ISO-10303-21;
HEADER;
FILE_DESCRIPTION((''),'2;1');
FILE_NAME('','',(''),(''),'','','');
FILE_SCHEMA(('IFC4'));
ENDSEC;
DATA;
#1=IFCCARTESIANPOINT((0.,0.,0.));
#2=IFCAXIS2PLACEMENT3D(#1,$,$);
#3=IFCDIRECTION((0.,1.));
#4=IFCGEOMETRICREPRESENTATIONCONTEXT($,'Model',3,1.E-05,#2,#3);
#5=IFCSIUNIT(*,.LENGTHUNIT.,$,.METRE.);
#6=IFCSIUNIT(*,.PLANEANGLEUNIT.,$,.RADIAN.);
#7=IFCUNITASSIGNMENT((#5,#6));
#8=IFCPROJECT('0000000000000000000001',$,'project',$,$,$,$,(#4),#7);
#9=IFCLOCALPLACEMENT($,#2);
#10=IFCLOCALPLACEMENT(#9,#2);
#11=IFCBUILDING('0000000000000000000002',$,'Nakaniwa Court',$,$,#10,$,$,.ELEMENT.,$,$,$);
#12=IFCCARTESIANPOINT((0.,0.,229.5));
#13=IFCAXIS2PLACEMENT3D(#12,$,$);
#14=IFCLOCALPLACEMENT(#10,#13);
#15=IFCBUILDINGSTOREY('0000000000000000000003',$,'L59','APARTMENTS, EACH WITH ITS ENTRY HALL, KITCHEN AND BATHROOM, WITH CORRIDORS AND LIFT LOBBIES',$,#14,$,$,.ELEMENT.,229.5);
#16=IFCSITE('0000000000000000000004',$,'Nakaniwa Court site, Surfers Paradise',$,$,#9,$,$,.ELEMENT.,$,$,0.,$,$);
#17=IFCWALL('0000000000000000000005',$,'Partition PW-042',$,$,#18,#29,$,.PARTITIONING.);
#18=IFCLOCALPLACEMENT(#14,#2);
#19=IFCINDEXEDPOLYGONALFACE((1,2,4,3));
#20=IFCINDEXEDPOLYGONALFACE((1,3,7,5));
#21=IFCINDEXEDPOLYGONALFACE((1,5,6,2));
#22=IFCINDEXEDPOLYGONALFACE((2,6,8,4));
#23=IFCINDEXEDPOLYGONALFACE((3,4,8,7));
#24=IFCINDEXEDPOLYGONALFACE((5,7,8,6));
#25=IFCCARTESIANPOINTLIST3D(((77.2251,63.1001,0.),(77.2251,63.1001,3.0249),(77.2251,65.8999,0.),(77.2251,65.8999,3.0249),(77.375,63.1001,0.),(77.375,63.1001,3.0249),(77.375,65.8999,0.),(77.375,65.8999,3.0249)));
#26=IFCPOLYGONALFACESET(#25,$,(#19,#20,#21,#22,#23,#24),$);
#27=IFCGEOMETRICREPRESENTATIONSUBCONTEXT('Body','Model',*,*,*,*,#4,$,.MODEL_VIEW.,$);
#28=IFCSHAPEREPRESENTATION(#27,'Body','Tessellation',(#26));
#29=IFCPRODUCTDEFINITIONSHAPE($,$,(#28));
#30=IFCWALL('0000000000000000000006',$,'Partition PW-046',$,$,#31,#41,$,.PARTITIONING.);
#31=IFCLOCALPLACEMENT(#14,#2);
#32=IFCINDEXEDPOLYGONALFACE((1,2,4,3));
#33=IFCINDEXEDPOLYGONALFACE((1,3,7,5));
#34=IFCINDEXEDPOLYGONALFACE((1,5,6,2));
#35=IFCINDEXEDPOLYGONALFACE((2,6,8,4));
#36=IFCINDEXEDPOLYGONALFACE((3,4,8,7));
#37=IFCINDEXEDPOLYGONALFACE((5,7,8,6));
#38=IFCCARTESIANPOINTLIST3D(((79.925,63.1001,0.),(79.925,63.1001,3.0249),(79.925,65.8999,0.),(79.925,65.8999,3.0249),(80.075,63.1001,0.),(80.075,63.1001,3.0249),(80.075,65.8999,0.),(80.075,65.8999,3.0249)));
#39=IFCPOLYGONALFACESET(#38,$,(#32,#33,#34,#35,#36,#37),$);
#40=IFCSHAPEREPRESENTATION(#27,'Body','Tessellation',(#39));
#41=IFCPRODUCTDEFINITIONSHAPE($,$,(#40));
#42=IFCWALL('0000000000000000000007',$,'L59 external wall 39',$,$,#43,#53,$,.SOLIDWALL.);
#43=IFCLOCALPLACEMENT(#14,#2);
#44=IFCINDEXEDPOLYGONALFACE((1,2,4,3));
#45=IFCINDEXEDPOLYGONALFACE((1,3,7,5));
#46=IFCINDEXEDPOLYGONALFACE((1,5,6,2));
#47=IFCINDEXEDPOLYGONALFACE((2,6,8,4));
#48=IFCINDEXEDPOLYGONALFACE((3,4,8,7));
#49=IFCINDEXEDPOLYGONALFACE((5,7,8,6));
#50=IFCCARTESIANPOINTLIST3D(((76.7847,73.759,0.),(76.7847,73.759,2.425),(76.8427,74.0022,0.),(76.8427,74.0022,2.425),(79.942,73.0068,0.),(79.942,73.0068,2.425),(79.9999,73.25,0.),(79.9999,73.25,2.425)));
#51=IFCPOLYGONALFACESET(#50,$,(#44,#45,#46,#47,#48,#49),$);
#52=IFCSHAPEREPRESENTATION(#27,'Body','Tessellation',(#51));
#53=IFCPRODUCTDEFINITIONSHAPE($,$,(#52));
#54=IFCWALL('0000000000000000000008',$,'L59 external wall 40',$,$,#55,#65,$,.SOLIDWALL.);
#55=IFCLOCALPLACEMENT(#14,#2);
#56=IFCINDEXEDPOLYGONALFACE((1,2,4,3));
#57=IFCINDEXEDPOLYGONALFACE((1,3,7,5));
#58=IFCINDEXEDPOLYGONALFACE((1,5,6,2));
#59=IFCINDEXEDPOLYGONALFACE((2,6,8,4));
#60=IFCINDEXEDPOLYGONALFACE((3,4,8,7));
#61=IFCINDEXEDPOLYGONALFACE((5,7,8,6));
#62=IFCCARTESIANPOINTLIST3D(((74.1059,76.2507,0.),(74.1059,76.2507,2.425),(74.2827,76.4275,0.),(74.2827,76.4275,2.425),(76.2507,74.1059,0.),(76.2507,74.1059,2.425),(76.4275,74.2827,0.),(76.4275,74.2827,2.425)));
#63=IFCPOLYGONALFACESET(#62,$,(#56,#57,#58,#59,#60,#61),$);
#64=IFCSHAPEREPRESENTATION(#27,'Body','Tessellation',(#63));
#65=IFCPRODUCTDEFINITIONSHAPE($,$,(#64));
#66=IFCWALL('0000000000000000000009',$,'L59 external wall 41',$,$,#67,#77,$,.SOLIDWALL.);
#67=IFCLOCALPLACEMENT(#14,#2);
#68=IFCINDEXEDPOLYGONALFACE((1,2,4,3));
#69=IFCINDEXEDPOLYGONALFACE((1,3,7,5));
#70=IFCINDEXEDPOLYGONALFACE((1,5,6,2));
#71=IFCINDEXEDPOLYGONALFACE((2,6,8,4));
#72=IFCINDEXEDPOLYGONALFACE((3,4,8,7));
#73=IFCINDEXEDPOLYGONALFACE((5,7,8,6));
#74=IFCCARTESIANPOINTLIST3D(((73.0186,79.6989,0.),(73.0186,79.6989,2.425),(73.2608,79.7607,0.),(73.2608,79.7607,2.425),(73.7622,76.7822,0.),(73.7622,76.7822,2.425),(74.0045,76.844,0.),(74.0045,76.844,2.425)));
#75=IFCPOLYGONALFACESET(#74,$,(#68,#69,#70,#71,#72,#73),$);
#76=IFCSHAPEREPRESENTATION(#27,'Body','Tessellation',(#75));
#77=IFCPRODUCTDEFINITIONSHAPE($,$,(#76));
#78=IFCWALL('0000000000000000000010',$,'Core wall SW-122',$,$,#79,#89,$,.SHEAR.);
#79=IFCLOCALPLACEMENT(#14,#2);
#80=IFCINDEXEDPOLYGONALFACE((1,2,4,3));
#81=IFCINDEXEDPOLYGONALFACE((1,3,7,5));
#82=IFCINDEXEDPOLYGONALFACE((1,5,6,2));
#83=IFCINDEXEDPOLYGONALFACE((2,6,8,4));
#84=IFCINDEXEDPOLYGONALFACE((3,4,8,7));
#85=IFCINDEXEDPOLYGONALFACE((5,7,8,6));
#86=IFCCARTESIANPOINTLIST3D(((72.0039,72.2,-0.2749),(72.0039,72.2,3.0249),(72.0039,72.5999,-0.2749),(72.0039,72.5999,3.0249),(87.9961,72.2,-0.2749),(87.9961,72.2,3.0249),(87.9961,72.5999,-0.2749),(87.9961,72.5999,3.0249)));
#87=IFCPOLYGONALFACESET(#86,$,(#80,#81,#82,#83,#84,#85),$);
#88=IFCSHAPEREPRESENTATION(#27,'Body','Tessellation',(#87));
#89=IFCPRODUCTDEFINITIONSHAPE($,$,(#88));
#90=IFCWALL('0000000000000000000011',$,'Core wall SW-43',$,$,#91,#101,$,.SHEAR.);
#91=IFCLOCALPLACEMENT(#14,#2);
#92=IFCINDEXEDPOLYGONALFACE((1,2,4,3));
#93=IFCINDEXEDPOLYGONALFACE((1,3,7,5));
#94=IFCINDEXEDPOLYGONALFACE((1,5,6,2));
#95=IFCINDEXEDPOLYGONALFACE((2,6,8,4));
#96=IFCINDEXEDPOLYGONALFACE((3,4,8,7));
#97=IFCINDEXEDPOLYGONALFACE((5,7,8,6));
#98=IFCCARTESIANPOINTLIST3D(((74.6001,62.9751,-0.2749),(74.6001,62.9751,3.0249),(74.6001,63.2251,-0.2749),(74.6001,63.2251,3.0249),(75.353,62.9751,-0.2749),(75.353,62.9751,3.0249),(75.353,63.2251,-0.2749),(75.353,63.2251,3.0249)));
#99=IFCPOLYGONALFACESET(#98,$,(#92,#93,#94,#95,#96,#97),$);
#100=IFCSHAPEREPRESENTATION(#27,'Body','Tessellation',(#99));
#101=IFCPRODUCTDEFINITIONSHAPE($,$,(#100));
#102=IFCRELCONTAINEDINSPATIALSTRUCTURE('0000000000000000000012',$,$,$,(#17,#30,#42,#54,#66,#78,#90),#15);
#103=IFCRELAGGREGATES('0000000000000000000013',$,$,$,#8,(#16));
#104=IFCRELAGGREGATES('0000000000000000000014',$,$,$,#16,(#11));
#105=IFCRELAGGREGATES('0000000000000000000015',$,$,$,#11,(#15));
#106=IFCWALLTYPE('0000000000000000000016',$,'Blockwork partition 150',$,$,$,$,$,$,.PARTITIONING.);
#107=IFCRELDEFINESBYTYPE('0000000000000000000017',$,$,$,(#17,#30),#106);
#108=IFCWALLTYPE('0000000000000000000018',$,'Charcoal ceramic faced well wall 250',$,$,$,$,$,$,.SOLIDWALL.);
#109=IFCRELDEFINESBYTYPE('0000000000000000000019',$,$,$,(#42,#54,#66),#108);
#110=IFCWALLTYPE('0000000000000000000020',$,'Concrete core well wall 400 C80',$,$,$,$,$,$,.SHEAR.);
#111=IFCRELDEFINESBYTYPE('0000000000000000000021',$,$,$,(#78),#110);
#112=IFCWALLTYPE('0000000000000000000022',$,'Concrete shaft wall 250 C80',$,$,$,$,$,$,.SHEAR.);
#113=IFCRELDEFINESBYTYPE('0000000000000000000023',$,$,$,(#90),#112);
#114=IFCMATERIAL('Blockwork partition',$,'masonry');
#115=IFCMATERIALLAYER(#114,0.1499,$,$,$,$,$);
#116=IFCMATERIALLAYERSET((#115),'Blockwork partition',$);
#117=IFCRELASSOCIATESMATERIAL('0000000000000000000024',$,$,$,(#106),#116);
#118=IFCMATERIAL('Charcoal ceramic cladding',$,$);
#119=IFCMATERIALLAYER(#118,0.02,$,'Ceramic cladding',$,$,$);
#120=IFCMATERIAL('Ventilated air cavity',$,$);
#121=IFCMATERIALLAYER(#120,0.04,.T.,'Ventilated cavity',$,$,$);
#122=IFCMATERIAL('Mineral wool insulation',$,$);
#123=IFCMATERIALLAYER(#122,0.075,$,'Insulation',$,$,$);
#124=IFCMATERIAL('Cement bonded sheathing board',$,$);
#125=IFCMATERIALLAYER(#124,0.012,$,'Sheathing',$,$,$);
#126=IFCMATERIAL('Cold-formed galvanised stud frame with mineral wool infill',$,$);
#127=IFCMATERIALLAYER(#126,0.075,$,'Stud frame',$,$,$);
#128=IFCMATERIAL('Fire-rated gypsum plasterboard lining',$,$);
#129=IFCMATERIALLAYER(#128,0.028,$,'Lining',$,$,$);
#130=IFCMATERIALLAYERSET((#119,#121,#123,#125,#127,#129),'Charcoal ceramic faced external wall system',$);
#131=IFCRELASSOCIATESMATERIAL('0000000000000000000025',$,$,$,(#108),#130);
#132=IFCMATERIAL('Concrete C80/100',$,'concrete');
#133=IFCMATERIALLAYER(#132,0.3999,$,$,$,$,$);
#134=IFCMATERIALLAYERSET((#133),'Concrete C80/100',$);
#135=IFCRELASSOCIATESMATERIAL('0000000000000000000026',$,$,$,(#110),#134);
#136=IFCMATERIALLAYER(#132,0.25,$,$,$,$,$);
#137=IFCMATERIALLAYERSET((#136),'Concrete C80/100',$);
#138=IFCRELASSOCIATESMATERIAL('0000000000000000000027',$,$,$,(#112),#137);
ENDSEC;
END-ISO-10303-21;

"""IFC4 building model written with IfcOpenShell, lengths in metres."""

from ifc_helpers import new_model, si_unit, direction, frame, frame_2d, origin, place, context, subcontext, project, spatial, rectangle, extrude, material, layer, layer_set, type_object, element, save


model = new_model("IFC4")

# Units and contexts
model_context = context("Model", 3, precision=1e-05, world=origin(), true_north=direction((0.0, 1.0)))
body_context = subcontext(model_context, "Body", "Model", "MODEL_VIEW")
ifc_project = project(units=[si_unit("LENGTHUNIT", "METRE"), si_unit("PLANEANGLEUNIT", "RADIAN")], contexts=[model_context])

# Site, building, storey
site_placement = place(None, origin())
site = spatial("IfcSite", under=ifc_project, at=site_placement, Name="Nakaniwa Court site, Surfers Paradise", CompositionType="ELEMENT", RefElevation=0.0)
building_placement = place(site_placement, origin())
building = spatial("IfcBuilding", under=site, at=building_placement, Name="Nakaniwa Court", CompositionType="ELEMENT")
storey_placement = place(building_placement, frame((0.0, 0.0, 229.5)))
storey = spatial("IfcBuildingStorey", under=building, at=storey_placement, Name="L59", Description="APARTMENTS, EACH WITH ITS ENTRY HALL, KITCHEN AND BATHROOM, WITH CORRIDORS AND LIFT LOBBIES", CompositionType="ELEMENT", Elevation=229.5)

# Shared definitions
ifc_material_1 = material(Name="Concrete C80/100", Category="concrete")

# Shared definitions
ifc_material_2 = material(Name="Blockwork partition", Category="masonry")
ifc_layer_1 = layer(ifc_material_2, 0.1499)
ifc_layer_set_1 = layer_set([ifc_layer_1], Name="Blockwork partition")
wall_type_1 = type_object("IfcWallType", Name="Blockwork partition 150", PredefinedType="PARTITIONING", material=ifc_layer_set_1)

# Walls
for number, where, z_axis, x_axis, name in (
    (1, (77.3, 63.1001, 0.0), (0.0, 0.0, 1.0), (0.0, 1.0, 0.0), "Partition PW-042"),
    (2, (80.0, 63.1001, 0.0), (0.0, 0.0, 1.0), (0.0, 1.0, 0.0), "Partition PW-046"),
):
    element("IfcWall", number, at=place(storey_placement, frame(where, z_axis=z_axis, x_axis=x_axis)), inside=storey, type_object=wall_type_1, Name=name, PredefinedType="PARTITIONING", context=body_context, shape_type="SweptSolid", body=[
        extrude(rectangle(XDim=2.7998, YDim=0.1499, at=frame_2d((1.3999, 0.0))), origin(), (0.0, 0.0, 1.0), 3.0249),
    ])
ifc_material_3 = material(Name="Charcoal ceramic cladding")
ifc_layer_2 = layer(ifc_material_3, 0.02, Name="Ceramic cladding")
ifc_material_4 = material(Name="Ventilated air cavity")
ifc_layer_3 = layer(ifc_material_4, 0.04, ventilated=True, Name="Ventilated cavity")
ifc_material_5 = material(Name="Mineral wool insulation")
ifc_layer_4 = layer(ifc_material_5, 0.075, Name="Insulation")
ifc_material_6 = material(Name="Cement bonded sheathing board")
ifc_layer_5 = layer(ifc_material_6, 0.012, Name="Sheathing")
ifc_material_7 = material(Name="Cold-formed galvanised stud frame with mineral wool infill")
ifc_layer_6 = layer(ifc_material_7, 0.075, Name="Stud frame")
ifc_material_8 = material(Name="Fire-rated gypsum plasterboard lining")
ifc_layer_7 = layer(ifc_material_8, 0.028, Name="Lining")
ifc_layer_set_2 = layer_set([ifc_layer_2, ifc_layer_3, ifc_layer_4, ifc_layer_5, ifc_layer_6, ifc_layer_7], Name="Charcoal ceramic faced external wall system")
wall_type_2 = type_object("IfcWallType", Name="Charcoal ceramic faced well wall 250", PredefinedType="SOLIDWALL", material=ifc_layer_set_2)
wall_1_placement = place(storey_placement, frame((79.9709, 73.1284, 0.0), z_axis=(0.0, 0.0, 1.0), x_axis=(-0.972773, 0.23176, 0.0)))
element("IfcWall", 3, at=wall_1_placement, inside=storey, type_object=wall_type_2, Name="L59 external wall 39", PredefinedType="SOLIDWALL", context=body_context, shape_type="SweptSolid", body=[
    extrude(rectangle(XDim=3.2456, YDim=0.25, at=frame_2d((1.6228, 0.0))), origin(), (0.0, 0.0, 1.0), 2.425),
])
wall_2_placement = place(storey_placement, frame((76.3391, 74.1943, 0.0), z_axis=(0.0, 0.0, 1.0), x_axis=(-0.707107, 0.707107, 0.0)))
element("IfcWall", 4, at=wall_2_placement, inside=storey, type_object=wall_type_2, Name="L59 external wall 40", PredefinedType="SOLIDWALL", context=body_context, shape_type="SweptSolid", body=[
    extrude(rectangle(XDim=3.0332, YDim=0.25, at=frame_2d((1.5166, 0.0))), origin(), (0.0, 0.0, 1.0), 2.425),
])
wall_3_placement = place(storey_placement, frame((73.8833, 76.8132, 0.0), z_axis=(0.0, 0.0, 1.0), x_axis=(-0.247056, 0.969001, 0.0)))
element("IfcWall", 5, at=wall_3_placement, inside=storey, type_object=wall_type_2, Name="L59 external wall 41", PredefinedType="SOLIDWALL", context=body_context, shape_type="SweptSolid", body=[
    extrude(rectangle(XDim=3.01, YDim=0.25, at=frame_2d((1.5049, 0.0))), origin(), (0.0, 0.0, 1.0), 2.425),
])
ifc_layer_8 = layer(ifc_material_1, 0.3999)
ifc_layer_set_3 = layer_set([ifc_layer_8], Name="Concrete C80/100")
wall_type_3 = type_object("IfcWallType", Name="Concrete core well wall 400 C80", PredefinedType="SHEAR", material=ifc_layer_set_3)
wall_4_placement = place(storey_placement, frame((72.0039, 72.3999, -0.2749), z_axis=(0.0, 0.0, 1.0), x_axis=(1.0, 0.0, 0.0)))
element("IfcWall", 6, at=wall_4_placement, inside=storey, type_object=wall_type_3, Name="Core wall SW-122", PredefinedType="SHEAR", context=body_context, shape_type="SweptSolid", body=[
    extrude(rectangle(XDim=15.9922, YDim=0.3999, at=frame_2d((7.9961, 0.0))), origin(), (0.0, 0.0, 1.0), 3.2998),
])
ifc_layer_9 = layer(ifc_material_1, 0.25)
ifc_layer_set_4 = layer_set([ifc_layer_9], Name="Concrete C80/100")
wall_type_4 = type_object("IfcWallType", Name="Concrete shaft wall 250 C80", PredefinedType="SHEAR", material=ifc_layer_set_4)
wall_5_placement = place(storey_placement, frame((74.6001, 63.1001, -0.2749), z_axis=(0.0, 0.0, 1.0), x_axis=(1.0, 0.0, 0.0)))
element("IfcWall", 7, at=wall_5_placement, inside=storey, type_object=wall_type_4, Name="Core wall SW-43", PredefinedType="SHEAR", context=body_context, shape_type="SweptSolid", body=[
    extrude(rectangle(XDim=0.7529, YDim=0.25, at=frame_2d((0.3765, 0.0))), origin(), (0.0, 0.0, 1.0), 3.2998),
])

save(model, "model.ifc")
